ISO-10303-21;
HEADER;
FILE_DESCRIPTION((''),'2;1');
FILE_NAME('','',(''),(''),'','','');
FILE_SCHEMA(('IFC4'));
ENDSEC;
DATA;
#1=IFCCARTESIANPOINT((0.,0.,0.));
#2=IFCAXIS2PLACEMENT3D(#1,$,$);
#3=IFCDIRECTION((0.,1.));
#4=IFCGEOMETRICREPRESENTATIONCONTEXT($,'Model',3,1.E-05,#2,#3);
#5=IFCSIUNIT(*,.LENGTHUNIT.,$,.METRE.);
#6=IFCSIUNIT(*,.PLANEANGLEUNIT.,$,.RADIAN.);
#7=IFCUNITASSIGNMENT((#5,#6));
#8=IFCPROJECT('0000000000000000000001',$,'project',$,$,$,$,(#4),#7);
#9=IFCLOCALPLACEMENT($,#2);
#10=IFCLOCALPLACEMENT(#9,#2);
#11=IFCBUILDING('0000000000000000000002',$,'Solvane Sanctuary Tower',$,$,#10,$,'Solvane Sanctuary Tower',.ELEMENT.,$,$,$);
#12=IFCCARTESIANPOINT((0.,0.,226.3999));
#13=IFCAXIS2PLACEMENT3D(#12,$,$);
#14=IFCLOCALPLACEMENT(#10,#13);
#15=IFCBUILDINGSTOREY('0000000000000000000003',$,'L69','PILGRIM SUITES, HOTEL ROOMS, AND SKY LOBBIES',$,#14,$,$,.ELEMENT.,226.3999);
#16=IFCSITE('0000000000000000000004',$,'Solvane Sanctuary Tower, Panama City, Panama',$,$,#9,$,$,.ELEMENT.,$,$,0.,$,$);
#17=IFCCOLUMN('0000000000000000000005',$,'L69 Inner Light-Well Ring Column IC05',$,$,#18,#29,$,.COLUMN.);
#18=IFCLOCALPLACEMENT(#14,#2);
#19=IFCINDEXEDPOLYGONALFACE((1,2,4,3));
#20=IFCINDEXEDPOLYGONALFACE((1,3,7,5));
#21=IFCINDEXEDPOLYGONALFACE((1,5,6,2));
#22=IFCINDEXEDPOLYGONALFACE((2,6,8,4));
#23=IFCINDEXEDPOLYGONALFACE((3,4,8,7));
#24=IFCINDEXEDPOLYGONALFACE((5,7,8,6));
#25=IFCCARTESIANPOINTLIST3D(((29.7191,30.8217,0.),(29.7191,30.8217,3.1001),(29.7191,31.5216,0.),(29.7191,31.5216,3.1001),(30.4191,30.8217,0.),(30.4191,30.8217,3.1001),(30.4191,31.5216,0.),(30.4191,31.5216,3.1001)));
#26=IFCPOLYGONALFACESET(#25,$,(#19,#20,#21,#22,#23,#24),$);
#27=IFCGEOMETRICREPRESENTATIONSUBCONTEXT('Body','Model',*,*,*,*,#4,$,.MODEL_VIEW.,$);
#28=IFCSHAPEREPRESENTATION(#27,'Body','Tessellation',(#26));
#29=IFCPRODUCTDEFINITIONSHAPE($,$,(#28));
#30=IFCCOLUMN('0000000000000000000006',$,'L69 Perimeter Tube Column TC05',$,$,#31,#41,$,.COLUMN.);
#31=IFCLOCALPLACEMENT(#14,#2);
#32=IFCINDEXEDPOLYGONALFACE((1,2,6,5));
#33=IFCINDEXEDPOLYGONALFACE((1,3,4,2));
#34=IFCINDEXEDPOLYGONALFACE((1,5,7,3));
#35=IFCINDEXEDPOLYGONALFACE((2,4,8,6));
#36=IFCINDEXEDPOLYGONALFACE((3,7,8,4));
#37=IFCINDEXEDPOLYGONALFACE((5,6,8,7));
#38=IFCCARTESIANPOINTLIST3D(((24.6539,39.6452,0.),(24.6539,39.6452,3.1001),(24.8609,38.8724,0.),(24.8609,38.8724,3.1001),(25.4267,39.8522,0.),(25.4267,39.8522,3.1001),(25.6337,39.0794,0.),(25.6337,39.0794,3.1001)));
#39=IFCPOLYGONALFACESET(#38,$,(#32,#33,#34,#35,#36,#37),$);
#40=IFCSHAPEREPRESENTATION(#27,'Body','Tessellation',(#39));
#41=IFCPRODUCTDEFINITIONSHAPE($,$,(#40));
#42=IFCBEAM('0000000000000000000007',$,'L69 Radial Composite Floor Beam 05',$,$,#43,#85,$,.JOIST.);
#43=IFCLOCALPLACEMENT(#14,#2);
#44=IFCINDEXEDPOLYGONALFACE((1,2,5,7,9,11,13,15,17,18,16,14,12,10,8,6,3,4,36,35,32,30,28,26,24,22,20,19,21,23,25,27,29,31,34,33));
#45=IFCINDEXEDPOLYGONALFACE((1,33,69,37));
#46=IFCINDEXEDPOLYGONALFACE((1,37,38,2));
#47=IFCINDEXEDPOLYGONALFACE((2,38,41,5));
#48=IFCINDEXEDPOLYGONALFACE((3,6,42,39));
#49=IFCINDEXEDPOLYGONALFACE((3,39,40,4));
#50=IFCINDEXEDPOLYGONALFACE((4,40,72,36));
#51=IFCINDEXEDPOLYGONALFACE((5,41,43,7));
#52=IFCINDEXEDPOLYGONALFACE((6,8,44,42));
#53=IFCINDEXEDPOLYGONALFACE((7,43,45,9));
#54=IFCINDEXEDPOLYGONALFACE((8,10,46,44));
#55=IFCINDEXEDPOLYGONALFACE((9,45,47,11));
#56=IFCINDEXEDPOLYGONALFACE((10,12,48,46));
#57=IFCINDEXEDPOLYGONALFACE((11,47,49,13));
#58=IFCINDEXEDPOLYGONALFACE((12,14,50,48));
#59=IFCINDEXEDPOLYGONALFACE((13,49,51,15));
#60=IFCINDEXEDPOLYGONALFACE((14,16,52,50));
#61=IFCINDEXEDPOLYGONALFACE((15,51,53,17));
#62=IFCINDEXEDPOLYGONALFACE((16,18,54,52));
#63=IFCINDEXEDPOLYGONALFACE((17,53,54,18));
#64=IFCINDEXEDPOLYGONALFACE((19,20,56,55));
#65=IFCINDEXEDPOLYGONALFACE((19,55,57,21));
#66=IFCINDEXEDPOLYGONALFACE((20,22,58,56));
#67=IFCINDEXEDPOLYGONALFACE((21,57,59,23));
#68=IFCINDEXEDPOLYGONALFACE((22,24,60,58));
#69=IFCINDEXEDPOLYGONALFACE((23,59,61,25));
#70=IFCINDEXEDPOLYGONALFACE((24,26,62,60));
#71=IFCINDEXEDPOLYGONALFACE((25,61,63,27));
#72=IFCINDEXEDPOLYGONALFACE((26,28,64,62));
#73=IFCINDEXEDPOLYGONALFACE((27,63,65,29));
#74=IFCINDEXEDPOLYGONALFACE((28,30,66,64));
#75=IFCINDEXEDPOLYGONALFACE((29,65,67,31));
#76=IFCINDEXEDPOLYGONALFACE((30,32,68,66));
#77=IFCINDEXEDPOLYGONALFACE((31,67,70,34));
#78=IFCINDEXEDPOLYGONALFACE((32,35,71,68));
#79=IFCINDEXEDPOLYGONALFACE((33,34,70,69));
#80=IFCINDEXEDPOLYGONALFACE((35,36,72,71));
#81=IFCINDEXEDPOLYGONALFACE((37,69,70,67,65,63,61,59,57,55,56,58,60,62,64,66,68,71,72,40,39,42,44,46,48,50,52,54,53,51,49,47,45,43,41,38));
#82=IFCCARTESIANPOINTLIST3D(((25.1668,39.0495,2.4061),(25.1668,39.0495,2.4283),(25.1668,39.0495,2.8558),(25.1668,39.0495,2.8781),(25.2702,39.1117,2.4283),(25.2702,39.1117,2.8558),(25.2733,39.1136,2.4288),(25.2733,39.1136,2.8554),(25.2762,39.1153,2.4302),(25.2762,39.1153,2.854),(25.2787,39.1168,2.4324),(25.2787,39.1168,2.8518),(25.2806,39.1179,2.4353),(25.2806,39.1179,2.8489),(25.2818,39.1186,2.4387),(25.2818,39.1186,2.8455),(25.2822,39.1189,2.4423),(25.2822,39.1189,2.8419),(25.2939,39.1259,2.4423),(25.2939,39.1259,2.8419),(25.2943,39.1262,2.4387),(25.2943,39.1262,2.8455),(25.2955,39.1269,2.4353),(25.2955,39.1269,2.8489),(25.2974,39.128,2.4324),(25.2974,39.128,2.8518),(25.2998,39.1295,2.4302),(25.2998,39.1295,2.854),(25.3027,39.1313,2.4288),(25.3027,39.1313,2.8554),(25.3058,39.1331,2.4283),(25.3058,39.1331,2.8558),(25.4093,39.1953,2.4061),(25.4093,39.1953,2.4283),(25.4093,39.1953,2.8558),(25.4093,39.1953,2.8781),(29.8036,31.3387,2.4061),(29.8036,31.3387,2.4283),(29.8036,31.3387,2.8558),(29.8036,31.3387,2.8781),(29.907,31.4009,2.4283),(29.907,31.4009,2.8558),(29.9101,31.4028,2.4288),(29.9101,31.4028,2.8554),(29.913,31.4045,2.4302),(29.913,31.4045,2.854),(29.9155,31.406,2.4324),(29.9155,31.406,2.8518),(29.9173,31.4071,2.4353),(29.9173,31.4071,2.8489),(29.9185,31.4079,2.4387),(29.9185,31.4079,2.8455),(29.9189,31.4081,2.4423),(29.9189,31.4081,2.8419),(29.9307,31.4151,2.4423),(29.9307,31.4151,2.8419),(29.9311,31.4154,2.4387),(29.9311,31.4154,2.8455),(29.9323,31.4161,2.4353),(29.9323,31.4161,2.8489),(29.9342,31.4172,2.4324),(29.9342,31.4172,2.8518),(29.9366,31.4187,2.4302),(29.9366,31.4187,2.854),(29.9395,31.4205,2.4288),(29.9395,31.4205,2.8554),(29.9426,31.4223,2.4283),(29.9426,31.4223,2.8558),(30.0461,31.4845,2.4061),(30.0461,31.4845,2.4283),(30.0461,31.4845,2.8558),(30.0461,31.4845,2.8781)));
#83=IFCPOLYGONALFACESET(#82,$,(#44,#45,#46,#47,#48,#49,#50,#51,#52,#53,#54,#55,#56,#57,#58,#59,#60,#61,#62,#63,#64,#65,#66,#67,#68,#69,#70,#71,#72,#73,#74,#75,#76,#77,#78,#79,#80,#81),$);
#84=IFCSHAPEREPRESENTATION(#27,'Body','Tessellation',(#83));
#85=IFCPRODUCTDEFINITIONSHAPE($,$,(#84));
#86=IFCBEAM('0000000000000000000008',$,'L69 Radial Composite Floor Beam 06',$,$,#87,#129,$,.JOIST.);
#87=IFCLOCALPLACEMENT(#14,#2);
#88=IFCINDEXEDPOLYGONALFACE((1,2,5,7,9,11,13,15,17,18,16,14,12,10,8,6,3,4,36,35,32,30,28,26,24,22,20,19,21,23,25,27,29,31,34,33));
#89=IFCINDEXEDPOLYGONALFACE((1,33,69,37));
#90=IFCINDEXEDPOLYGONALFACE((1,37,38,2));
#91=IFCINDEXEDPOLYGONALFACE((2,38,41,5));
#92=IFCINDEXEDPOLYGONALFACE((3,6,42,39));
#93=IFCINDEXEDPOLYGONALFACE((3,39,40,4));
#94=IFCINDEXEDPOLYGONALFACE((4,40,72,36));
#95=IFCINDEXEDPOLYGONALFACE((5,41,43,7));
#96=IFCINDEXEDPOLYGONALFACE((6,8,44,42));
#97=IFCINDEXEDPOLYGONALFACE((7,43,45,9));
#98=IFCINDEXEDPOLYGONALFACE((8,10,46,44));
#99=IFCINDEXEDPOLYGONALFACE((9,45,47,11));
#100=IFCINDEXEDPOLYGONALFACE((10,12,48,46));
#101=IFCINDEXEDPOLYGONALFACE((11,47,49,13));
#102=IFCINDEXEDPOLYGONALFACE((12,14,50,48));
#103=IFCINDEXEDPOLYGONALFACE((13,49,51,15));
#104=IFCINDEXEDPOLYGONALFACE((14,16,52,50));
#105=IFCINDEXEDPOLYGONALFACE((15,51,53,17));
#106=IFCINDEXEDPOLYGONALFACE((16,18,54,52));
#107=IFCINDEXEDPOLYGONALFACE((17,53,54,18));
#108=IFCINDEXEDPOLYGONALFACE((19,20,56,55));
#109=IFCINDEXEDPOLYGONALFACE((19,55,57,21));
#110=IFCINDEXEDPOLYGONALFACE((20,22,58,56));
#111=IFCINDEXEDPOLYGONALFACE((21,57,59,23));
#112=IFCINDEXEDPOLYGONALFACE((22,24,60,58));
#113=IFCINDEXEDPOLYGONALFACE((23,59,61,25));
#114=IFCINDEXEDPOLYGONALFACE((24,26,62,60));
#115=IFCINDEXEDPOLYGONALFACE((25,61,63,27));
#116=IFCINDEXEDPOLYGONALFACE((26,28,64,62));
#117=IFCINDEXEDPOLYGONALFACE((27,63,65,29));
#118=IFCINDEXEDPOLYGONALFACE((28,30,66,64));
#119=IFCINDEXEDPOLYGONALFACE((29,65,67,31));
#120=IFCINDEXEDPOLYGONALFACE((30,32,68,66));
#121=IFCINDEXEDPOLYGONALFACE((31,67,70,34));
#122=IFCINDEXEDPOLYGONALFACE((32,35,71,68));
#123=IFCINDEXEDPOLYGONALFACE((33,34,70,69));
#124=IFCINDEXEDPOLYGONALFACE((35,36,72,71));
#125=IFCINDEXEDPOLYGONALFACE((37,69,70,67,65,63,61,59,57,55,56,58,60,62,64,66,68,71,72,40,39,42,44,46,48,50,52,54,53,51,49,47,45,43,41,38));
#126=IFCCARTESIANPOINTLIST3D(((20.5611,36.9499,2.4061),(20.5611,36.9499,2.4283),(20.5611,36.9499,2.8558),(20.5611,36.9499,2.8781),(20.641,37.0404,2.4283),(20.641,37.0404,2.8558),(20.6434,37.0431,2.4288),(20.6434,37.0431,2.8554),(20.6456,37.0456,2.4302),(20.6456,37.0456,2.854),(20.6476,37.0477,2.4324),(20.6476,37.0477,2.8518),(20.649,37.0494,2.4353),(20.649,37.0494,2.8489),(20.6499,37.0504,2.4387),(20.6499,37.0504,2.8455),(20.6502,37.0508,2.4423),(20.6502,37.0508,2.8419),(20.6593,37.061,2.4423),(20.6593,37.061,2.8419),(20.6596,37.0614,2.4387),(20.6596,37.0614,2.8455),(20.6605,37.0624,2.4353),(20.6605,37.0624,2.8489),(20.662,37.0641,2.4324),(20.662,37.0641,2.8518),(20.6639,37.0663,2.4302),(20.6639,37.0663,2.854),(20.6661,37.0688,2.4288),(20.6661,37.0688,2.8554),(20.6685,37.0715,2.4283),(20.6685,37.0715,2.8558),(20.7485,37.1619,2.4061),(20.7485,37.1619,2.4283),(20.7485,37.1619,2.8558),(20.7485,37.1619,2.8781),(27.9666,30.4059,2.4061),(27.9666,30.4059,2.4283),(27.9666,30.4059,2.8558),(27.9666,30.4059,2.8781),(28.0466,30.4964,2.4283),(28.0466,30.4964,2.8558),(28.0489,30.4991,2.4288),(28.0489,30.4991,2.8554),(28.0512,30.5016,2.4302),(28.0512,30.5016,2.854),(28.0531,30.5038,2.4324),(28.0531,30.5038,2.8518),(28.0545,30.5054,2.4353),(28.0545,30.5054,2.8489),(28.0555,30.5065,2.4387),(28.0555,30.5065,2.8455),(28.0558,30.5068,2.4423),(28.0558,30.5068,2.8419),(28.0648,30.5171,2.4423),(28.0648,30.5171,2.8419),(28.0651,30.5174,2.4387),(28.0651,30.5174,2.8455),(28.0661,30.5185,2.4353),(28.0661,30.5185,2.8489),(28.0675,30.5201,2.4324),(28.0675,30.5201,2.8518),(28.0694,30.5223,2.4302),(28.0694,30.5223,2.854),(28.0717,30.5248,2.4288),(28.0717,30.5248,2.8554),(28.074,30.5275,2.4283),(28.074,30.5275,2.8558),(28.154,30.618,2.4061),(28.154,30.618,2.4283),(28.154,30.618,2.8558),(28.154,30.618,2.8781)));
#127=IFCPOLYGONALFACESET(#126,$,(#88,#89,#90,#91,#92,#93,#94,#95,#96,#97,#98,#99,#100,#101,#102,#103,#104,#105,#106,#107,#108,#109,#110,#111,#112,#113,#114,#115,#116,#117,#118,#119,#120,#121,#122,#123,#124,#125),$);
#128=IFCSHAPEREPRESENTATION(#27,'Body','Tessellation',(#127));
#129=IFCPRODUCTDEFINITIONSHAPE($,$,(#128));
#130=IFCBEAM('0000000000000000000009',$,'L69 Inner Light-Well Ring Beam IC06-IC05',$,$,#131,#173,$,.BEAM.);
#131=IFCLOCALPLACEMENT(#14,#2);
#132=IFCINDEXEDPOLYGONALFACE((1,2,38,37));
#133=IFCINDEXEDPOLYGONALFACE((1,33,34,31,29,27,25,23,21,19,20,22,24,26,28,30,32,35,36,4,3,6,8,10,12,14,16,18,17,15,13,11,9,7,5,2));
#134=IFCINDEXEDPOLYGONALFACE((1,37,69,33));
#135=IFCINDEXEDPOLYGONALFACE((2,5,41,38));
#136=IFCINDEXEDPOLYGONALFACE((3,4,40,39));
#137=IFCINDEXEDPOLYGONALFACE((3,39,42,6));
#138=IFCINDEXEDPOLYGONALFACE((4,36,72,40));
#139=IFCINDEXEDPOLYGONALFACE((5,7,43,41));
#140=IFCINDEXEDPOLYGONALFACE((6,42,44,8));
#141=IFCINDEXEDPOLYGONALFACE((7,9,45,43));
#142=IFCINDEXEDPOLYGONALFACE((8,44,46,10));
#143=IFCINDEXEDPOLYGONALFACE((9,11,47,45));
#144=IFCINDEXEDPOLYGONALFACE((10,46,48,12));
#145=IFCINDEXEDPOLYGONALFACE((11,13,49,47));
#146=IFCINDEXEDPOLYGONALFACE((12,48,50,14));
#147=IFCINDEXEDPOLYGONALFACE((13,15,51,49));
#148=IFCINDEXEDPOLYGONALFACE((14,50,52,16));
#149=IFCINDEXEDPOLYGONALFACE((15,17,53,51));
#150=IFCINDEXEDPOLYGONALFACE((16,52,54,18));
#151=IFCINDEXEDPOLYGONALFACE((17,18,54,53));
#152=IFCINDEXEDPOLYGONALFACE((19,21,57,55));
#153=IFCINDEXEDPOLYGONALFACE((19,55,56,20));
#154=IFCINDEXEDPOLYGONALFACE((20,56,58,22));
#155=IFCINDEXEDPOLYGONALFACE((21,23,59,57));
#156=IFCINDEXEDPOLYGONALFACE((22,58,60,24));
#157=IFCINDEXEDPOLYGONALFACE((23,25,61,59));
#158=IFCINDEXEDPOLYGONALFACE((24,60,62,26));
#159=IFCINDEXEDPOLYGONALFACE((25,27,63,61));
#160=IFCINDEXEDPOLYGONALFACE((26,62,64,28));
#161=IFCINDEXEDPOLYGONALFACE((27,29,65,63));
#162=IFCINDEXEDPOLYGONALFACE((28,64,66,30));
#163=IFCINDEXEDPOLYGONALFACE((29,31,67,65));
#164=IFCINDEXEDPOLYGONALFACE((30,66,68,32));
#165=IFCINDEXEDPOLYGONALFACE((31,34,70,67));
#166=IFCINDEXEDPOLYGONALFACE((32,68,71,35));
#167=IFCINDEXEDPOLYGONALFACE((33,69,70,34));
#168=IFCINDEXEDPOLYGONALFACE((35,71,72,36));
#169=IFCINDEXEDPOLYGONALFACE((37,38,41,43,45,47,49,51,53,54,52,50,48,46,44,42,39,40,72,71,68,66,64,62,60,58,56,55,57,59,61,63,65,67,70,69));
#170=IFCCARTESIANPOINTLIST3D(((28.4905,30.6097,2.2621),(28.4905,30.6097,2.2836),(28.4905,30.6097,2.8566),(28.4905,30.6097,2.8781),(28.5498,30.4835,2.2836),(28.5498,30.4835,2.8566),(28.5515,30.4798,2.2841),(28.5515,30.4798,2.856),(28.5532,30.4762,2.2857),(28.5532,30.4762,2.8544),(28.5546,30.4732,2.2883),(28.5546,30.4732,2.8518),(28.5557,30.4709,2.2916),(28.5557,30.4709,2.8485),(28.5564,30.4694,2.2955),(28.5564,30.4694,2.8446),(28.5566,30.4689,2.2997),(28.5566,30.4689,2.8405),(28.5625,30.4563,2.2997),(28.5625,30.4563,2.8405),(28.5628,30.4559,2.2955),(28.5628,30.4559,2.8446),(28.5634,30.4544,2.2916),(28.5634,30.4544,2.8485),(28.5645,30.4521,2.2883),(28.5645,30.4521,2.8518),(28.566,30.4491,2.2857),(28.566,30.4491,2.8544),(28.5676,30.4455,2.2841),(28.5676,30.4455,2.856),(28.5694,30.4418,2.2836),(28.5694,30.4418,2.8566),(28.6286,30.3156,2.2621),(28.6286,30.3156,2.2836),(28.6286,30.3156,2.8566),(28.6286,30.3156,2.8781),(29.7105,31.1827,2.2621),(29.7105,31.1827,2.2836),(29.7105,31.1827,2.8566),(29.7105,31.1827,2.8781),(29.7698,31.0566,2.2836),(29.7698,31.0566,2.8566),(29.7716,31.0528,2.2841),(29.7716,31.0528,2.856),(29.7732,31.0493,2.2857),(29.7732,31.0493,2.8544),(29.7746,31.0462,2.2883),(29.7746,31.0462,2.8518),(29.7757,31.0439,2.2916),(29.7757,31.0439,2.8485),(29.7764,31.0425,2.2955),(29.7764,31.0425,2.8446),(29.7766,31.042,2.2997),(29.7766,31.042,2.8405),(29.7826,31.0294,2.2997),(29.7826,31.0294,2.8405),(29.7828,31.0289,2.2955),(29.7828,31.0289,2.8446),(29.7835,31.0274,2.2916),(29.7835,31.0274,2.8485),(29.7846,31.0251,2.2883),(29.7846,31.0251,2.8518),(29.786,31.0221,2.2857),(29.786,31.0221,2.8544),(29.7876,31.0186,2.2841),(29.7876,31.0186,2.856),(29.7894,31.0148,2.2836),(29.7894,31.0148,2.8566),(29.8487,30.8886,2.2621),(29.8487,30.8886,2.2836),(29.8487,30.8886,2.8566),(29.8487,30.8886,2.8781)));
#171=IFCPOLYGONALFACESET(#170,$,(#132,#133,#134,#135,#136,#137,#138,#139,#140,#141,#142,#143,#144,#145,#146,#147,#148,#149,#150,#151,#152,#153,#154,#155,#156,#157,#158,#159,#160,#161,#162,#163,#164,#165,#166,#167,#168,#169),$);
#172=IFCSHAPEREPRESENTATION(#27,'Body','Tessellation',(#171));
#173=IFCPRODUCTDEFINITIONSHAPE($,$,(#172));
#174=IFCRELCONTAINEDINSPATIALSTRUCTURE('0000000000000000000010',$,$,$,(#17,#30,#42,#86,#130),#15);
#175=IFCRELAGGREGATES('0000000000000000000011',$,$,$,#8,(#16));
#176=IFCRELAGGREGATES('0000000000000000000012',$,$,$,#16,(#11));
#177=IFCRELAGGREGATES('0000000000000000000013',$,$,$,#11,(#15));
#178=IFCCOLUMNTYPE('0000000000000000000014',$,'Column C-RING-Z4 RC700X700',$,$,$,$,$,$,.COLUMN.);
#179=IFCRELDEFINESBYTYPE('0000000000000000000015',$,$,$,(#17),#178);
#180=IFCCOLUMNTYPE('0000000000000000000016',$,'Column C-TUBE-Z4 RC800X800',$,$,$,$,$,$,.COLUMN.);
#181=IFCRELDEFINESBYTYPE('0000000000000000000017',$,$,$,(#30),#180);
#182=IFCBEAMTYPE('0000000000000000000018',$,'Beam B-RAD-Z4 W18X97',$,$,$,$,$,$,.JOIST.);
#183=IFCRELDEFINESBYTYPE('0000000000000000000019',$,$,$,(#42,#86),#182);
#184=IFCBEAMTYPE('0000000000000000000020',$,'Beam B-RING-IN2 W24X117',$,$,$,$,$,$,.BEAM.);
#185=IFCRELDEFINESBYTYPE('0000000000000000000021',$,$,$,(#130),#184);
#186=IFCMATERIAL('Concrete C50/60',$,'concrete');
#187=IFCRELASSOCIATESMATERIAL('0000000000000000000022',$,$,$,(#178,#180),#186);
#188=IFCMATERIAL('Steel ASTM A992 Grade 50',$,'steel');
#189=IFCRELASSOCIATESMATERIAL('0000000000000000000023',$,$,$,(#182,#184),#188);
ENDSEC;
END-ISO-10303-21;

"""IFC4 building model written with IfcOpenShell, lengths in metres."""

from ifc_helpers import new_model, si_unit, direction, frame, origin, origin_2d, place, context, subcontext, project, spatial, rectangle, i_section, extrude, material, material_profile, profile_set, type_object, element, save


model = new_model("IFC4")

# Units and contexts
model_context = context("Model", 3, precision=1e-05, world=origin(), true_north=direction((0.0, 1.0)))
body_context = subcontext(model_context, "Body", "Model", "MODEL_VIEW")
ifc_project = project(units=[si_unit("LENGTHUNIT", "METRE"), si_unit("PLANEANGLEUNIT", "RADIAN")], contexts=[model_context])

# Site, building, storey
site_placement = place(None, origin())
site = spatial("IfcSite", under=ifc_project, at=site_placement, Name="Solvane Sanctuary Tower, Panama City, Panama", CompositionType="ELEMENT", RefElevation=0.0)
building_placement = place(site_placement, origin())
building = spatial("IfcBuilding", under=site, at=building_placement, Name="Solvane Sanctuary Tower", LongName="Solvane Sanctuary Tower", CompositionType="ELEMENT")
storey_placement = place(building_placement, frame((0.0, 0.0, 226.3999)))
storey = spatial("IfcBuildingStorey", under=building, at=storey_placement, Name="L69", Description="PILGRIM SUITES, HOTEL ROOMS, AND SKY LOBBIES", CompositionType="ELEMENT", Elevation=226.3999)

# Columns
ifc_material_1 = material(Name="Concrete C50/60", Category="concrete")
ifc_material_profile_1 = material_profile(ifc_material_1, rectangle(XDim=0.7, YDim=0.7, at=origin_2d()), Name="RC700X700")
ifc_profile_set_1 = profile_set([ifc_material_profile_1], Name="Concrete C50/60")
column_type_1 = type_object("IfcColumnType", Name="Column C-RING-Z4 RC700X700", PredefinedType="COLUMN", material=ifc_profile_set_1)
column_1_placement = place(storey_placement, frame((30.0691, 31.1716, 0.0), z_axis=(0.0, 0.0, 1.0), x_axis=(1.0, 0.0, 0.0)))
element("IfcColumn", 1, at=column_1_placement, inside=storey, type_object=column_type_1, Name="L69 Inner Light-Well Ring Column IC05", PredefinedType="COLUMN", context=body_context, shape_type="SweptSolid", body=[
    extrude(rectangle(XDim=0.7, YDim=0.7, at=origin_2d()), origin(), (0.0, 0.0, 1.0), 3.1001),
])
ifc_material_profile_2 = material_profile(ifc_material_1, rectangle(XDim=0.8, YDim=0.8, at=origin_2d()), Name="RC800X800")
ifc_profile_set_2 = profile_set([ifc_material_profile_2], Name="Concrete C50/60")
column_type_2 = type_object("IfcColumnType", Name="Column C-TUBE-Z4 RC800X800", PredefinedType="COLUMN", material=ifc_profile_set_2)
column_2_placement = place(storey_placement, frame((25.1438, 39.3623, 0.0), z_axis=(0.0, 0.0, 1.0), x_axis=(-0.258819, 0.965926, 0.0)))
element("IfcColumn", 2, at=column_2_placement, inside=storey, type_object=column_type_2, Name="L69 Perimeter Tube Column TC05", PredefinedType="COLUMN", context=body_context, shape_type="SweptSolid", body=[
    extrude(rectangle(XDim=0.8, YDim=0.8, at=origin_2d()), origin(), (0.0, 0.0, 1.0), 3.1001),
])

# Beams
ifc_material_2 = material(Name="Steel ASTM A992 Grade 50", Category="steel")
ifc_material_profile_3 = material_profile(ifc_material_2, i_section(OverallWidth=0.283, OverallDepth=0.4719, WebThickness=0.0137, FlangeThickness=0.0222, FilletRadius=0.0139, at=origin_2d()), Name="W18X97")
ifc_profile_set_3 = profile_set([ifc_material_profile_3], Name="Steel ASTM A992 Grade 50")
beam_type_1 = type_object("IfcBeamType", Name="Beam B-RAD-Z4 W18X97", PredefinedType="JOIST", material=ifc_profile_set_3)
beam_1_placement = place(storey_placement, frame((29.9248, 31.4116, 2.6421), z_axis=(-0.515337, 0.856987, 0.0), x_axis=(-0.856987, -0.515337, 0.0)))
element("IfcBeam", 3, at=beam_1_placement, inside=storey, type_object=beam_type_1, Name="L69 Radial Composite Floor Beam 05", PredefinedType="JOIST", context=body_context, shape_type="SweptSolid", body=[
    extrude(i_section(OverallWidth=0.283, OverallDepth=0.4719, WebThickness=0.0137, FlangeThickness=0.0222, FilletRadius=0.0139, at=origin_2d()), origin(), (0.0, 0.0, 1.0), 8.9976),
])
beam_2_placement = place(storey_placement, frame((28.0603, 30.512, 2.6421), z_axis=(-0.749352, 0.662171, 0.0), x_axis=(-0.662171, -0.749352, 0.0)))
element("IfcBeam", 4, at=beam_2_placement, inside=storey, type_object=beam_type_1, Name="L69 Radial Composite Floor Beam 06", PredefinedType="JOIST", context=body_context, shape_type="SweptSolid", body=[
    extrude(i_section(OverallWidth=0.283, OverallDepth=0.4719, WebThickness=0.0137, FlangeThickness=0.0222, FilletRadius=0.0139, at=origin_2d()), origin(), (0.0, 0.0, 1.0), 9.8826),
])
ifc_material_profile_4 = material_profile(ifc_material_2, i_section(OverallWidth=0.325, OverallDepth=0.616, WebThickness=0.0139, FlangeThickness=0.0215, FilletRadius=0.0161, at=origin_2d()), Name="W24X117")
ifc_profile_set_4 = profile_set([ifc_material_profile_4], Name="Steel ASTM A992 Grade 50")
beam_type_2 = type_object("IfcBeamType", Name="Beam B-RING-IN2 W24X117", PredefinedType="BEAM", material=ifc_profile_set_4)
beam_3_placement = place(storey_placement, frame((28.5596, 30.4626, 2.5701), z_axis=(0.905135, 0.425125, 0.0), x_axis=(-0.425125, 0.905135, 0.0)))
element("IfcBeam", 5, at=beam_3_placement, inside=storey, type_object=beam_type_2, Name="L69 Inner Light-Well Ring Beam IC06-IC05", PredefinedType="BEAM", context=body_context, shape_type="SweptSolid", body=[
    extrude(i_section(OverallWidth=0.325, OverallDepth=0.616, WebThickness=0.0139, FlangeThickness=0.0215, FilletRadius=0.0161, at=origin_2d()), origin(), (0.0, 0.0, 1.0), 1.3479),
])

save(model, "model.ifc")
